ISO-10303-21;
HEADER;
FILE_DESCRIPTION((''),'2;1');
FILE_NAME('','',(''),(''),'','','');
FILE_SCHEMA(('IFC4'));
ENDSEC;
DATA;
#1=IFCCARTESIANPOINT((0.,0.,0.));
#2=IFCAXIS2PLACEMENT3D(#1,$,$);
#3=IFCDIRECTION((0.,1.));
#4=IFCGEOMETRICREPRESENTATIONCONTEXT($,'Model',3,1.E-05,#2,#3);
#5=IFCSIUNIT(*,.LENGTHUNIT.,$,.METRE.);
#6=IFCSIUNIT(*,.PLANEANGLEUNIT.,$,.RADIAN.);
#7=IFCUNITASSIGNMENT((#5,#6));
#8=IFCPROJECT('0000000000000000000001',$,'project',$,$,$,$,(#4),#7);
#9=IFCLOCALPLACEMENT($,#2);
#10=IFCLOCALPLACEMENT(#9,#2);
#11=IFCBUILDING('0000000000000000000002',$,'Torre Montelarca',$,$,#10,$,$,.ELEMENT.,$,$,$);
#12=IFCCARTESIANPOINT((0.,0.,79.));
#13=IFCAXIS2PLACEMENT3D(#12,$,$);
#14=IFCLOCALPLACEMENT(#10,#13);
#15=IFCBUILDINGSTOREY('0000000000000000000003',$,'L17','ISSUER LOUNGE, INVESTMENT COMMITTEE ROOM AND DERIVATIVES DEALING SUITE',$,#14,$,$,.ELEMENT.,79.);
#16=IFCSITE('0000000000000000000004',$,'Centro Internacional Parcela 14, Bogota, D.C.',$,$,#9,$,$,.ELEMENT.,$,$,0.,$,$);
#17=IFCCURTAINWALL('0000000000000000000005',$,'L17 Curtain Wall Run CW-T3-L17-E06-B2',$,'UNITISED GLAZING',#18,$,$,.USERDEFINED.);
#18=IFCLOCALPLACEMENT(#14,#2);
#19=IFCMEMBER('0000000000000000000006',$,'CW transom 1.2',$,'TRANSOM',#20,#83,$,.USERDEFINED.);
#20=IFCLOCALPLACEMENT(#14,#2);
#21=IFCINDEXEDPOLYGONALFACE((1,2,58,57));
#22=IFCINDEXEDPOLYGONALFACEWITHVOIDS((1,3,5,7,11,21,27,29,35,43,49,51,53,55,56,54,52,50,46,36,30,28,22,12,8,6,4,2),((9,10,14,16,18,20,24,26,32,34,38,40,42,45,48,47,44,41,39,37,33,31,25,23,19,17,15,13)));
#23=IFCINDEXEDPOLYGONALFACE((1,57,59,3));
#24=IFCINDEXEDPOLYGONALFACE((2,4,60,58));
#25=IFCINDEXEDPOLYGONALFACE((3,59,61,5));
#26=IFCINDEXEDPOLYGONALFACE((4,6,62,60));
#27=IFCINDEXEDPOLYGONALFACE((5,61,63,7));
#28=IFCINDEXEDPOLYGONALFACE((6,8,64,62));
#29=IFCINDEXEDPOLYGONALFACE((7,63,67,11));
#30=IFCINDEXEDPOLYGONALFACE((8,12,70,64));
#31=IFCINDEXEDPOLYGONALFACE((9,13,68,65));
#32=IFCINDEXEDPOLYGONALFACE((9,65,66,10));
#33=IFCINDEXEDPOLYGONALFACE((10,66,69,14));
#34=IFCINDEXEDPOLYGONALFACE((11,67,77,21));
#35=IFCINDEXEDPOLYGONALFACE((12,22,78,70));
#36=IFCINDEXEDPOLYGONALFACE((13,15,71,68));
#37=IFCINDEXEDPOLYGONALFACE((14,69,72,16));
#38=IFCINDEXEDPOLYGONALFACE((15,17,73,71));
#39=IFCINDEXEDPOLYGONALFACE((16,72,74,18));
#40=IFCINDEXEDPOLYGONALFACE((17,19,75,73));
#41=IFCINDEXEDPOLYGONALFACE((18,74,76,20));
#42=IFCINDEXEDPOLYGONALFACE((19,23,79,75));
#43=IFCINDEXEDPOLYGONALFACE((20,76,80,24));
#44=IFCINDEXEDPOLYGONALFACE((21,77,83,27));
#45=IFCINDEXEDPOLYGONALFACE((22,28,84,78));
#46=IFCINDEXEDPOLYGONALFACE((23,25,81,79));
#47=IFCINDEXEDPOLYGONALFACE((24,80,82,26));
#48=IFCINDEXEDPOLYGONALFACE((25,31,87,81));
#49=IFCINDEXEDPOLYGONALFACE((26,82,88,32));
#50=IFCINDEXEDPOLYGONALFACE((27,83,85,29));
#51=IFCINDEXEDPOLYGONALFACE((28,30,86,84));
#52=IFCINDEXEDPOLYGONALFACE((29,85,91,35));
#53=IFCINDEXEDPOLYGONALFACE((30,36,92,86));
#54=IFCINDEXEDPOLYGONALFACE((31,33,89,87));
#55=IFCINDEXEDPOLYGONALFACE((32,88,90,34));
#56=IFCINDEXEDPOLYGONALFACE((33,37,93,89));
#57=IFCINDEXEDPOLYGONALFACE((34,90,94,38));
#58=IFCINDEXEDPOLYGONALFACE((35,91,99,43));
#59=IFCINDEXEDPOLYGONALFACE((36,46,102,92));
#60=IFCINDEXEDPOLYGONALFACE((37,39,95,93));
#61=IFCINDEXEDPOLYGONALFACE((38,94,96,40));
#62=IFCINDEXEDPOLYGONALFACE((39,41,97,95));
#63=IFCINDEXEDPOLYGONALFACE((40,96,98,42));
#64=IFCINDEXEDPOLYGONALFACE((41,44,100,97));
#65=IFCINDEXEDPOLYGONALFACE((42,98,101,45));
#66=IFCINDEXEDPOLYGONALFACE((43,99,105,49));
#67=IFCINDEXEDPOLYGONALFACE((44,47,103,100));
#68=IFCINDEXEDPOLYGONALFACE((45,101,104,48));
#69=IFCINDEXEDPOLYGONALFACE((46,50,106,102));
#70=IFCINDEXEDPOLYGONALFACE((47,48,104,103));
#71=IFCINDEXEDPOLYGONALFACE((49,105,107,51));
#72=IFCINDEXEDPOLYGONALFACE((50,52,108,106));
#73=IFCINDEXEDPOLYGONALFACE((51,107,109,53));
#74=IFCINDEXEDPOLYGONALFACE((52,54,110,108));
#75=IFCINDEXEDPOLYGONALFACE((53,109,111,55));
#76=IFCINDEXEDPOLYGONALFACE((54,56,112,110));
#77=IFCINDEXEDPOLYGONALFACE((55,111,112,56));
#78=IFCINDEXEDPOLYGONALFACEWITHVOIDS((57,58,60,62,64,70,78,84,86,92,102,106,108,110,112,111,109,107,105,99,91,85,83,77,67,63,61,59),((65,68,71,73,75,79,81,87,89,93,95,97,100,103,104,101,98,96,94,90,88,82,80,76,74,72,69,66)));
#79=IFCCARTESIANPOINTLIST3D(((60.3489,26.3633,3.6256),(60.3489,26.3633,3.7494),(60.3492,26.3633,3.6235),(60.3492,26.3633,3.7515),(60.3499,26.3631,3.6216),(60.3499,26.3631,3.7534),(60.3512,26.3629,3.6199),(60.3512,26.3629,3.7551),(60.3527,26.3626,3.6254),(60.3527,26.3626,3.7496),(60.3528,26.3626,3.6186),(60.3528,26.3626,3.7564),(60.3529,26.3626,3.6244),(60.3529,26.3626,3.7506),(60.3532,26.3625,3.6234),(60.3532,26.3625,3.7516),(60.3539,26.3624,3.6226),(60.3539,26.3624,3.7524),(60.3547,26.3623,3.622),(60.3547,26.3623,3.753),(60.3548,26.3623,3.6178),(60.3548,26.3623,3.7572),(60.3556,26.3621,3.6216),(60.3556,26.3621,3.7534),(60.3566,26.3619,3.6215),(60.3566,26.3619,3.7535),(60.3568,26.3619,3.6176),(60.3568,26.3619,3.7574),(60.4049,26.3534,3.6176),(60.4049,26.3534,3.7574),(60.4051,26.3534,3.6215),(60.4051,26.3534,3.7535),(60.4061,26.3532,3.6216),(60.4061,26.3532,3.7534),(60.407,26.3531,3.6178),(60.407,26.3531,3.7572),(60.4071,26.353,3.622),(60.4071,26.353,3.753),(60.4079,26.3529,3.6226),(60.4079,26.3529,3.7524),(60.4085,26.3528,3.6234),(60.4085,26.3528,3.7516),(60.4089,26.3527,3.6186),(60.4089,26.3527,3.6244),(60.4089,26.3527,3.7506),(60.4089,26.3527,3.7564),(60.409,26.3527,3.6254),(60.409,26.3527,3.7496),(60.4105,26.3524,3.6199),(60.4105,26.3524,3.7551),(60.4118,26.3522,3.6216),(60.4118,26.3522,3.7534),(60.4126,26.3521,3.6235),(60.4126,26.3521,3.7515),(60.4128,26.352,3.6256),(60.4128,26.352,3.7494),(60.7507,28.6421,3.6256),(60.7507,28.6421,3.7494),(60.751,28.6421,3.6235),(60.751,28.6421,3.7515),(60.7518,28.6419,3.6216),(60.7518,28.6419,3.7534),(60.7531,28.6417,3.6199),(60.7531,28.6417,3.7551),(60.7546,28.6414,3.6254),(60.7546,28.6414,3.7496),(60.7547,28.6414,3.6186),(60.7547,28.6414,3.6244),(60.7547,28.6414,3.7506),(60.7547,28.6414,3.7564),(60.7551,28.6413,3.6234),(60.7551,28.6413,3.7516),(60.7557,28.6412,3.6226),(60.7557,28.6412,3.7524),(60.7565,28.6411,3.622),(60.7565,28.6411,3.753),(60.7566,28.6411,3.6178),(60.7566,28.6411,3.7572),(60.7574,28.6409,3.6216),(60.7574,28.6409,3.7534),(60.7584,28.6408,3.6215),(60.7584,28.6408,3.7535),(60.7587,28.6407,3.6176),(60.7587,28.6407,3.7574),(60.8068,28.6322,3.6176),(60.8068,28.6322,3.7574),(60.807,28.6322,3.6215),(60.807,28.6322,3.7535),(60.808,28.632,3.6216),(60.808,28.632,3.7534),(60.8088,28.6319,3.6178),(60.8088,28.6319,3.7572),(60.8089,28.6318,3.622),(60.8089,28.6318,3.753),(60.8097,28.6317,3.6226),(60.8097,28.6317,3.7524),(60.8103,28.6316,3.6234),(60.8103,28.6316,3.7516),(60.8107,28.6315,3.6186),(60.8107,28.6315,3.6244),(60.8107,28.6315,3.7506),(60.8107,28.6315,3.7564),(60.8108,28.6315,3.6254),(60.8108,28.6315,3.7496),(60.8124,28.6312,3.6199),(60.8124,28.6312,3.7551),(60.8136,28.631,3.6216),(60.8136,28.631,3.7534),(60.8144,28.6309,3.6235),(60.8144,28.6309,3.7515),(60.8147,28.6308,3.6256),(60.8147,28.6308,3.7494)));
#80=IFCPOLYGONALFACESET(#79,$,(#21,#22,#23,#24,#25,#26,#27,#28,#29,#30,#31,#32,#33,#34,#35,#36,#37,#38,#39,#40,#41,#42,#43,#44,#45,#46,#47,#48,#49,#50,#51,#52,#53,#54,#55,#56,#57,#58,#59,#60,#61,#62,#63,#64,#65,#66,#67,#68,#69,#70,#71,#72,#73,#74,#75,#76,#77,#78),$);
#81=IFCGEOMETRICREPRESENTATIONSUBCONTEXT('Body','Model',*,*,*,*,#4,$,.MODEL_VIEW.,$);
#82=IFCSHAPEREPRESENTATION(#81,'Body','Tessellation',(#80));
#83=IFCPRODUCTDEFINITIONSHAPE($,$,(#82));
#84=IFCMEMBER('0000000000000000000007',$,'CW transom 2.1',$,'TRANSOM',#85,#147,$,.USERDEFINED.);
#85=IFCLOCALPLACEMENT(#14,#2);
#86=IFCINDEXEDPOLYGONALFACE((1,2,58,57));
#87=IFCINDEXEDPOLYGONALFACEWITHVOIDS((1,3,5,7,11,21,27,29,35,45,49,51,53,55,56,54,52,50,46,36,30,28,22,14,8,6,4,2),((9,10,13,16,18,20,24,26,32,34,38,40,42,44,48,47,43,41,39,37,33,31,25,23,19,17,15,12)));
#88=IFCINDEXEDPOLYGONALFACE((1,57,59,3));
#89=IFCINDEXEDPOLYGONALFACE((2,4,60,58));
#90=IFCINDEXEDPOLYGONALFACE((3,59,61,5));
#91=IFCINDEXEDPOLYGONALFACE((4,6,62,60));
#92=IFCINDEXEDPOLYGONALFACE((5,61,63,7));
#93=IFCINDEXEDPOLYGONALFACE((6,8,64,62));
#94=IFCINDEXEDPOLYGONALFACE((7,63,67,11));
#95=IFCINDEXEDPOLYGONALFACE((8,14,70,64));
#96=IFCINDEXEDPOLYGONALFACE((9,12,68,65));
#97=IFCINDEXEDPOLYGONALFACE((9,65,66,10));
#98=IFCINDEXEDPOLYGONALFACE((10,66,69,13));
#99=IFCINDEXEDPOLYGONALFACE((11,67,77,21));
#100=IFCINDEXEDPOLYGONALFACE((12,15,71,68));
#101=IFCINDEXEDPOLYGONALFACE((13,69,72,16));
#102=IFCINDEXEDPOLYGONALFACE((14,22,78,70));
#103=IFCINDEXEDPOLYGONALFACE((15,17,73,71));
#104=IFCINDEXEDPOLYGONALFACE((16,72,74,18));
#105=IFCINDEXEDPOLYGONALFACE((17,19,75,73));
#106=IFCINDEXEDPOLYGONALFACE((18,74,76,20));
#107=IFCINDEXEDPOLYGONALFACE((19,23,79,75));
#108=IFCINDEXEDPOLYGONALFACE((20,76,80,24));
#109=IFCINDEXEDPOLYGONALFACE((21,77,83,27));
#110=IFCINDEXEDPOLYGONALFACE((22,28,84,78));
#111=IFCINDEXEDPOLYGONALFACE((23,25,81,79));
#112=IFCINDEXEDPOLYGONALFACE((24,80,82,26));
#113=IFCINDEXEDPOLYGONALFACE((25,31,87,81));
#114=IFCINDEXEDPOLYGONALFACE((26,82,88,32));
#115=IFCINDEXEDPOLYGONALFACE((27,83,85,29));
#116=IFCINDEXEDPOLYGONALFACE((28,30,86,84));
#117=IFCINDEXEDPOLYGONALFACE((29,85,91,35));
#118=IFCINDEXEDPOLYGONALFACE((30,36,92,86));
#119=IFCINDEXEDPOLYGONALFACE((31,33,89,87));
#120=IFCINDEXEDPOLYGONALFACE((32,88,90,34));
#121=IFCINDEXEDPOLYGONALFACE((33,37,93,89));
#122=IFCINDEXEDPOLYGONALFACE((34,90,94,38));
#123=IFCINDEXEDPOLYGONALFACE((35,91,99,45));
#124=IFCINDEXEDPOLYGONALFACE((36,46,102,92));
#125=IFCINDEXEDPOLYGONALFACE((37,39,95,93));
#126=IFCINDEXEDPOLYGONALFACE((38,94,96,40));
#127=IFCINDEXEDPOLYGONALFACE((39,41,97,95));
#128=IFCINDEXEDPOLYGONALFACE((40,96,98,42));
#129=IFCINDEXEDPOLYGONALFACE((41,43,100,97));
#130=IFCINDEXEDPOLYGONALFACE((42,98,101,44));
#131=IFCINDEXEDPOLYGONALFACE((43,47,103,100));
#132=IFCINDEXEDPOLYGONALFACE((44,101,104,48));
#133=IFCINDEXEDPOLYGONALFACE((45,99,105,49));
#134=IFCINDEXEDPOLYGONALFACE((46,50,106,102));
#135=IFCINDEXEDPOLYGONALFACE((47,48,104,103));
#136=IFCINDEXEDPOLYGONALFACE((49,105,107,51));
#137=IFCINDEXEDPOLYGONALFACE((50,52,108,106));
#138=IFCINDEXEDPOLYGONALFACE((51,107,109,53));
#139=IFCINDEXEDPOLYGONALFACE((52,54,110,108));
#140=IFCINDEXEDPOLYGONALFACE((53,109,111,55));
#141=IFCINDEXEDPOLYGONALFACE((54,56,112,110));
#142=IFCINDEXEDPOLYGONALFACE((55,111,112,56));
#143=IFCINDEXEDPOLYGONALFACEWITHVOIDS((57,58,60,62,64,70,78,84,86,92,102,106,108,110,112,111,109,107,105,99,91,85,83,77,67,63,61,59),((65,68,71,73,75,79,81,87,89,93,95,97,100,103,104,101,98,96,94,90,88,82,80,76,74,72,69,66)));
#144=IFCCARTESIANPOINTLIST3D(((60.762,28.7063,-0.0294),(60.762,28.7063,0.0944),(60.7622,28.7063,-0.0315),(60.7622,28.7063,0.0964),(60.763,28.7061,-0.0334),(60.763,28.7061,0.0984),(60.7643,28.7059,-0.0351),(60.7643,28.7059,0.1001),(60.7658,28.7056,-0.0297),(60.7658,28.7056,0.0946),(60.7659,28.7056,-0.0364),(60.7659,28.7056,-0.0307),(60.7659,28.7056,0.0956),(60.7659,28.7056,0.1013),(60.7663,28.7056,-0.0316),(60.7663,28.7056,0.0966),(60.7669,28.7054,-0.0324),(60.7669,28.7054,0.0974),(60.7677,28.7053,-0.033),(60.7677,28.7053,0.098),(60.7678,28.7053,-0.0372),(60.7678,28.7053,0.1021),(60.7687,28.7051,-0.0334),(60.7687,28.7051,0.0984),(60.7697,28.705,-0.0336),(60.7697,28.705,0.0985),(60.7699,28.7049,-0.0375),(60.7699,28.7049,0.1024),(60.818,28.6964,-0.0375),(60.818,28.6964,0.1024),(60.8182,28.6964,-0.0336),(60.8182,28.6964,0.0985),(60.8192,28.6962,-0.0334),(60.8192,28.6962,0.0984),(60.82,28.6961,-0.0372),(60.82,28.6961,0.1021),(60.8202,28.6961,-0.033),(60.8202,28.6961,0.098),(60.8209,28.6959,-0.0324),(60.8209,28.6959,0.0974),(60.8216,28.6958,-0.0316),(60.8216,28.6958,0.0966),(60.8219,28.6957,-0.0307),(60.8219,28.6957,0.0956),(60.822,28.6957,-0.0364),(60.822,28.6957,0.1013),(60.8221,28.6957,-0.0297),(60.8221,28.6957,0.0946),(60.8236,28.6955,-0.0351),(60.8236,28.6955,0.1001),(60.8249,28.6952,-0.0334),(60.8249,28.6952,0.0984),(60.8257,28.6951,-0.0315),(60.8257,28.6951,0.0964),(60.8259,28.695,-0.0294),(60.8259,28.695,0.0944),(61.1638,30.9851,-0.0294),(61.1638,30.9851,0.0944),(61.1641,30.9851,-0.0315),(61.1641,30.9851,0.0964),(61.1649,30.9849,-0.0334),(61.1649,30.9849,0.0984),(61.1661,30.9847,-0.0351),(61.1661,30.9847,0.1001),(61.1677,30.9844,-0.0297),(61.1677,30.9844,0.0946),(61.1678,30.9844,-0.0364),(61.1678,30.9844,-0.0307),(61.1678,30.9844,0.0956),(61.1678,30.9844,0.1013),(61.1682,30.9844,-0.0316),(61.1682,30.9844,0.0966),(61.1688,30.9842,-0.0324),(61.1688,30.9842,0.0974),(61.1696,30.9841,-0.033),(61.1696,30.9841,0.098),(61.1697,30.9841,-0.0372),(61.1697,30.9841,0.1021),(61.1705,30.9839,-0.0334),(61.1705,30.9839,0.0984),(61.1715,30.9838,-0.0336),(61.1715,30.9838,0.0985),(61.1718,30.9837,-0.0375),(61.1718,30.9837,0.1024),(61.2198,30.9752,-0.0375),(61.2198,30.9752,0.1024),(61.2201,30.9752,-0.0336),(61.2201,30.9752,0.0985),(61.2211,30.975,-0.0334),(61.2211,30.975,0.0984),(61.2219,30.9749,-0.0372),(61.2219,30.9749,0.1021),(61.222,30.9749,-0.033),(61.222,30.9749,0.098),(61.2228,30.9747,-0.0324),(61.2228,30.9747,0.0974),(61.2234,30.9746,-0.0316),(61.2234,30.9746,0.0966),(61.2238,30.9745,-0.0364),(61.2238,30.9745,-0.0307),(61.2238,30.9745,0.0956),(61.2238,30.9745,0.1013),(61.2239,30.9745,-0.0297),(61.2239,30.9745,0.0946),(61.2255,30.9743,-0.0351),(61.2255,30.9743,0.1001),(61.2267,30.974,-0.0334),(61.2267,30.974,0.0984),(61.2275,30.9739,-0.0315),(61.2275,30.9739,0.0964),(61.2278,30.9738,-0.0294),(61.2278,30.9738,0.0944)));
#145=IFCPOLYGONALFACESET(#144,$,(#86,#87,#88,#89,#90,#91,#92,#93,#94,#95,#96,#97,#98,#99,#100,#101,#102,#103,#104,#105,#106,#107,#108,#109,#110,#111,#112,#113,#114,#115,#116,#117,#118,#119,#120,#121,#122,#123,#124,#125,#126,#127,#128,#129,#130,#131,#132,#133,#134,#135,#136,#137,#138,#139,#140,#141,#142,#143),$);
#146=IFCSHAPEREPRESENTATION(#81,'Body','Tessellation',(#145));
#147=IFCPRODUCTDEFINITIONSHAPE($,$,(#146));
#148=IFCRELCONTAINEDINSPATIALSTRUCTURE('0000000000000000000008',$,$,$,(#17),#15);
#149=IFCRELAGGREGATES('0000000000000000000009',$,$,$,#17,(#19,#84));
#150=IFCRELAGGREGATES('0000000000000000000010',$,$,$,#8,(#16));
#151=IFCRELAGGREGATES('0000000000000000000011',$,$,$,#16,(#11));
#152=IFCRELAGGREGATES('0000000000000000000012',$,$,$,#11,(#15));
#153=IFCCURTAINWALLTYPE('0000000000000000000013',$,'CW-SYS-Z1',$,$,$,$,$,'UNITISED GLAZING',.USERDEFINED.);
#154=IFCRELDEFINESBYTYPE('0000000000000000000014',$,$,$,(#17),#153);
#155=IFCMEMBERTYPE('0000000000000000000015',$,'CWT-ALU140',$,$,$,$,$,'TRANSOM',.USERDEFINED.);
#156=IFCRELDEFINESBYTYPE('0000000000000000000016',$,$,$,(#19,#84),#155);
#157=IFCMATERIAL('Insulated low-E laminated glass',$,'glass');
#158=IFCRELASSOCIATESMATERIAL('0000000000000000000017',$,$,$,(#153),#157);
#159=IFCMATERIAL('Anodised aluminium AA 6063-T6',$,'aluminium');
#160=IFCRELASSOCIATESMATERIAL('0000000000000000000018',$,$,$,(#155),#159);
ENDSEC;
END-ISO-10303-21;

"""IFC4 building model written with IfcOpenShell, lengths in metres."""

from ifc_helpers import new_model, si_unit, direction, frame, origin, origin_2d, place, context, subcontext, project, spatial, hollow_rectangle, extrude, source, transform, mapped, material, material_profile, profile_set, type_object, element, aggregate, save


model = new_model("IFC4")

# Units and contexts
model_context = context("Model", 3, precision=1e-05, world=origin(), true_north=direction((0.0, 1.0)))
body_context = subcontext(model_context, "Body", "Model", "MODEL_VIEW")
ifc_project = project(units=[si_unit("LENGTHUNIT", "METRE"), si_unit("PLANEANGLEUNIT", "RADIAN")], contexts=[model_context])

# Site, building, storey
site_placement = place(None, origin())
site = spatial("IfcSite", under=ifc_project, at=site_placement, Name="Centro Internacional Parcela 14, Bogota, D.C.", CompositionType="ELEMENT", RefElevation=0.0)
building_placement = place(site_placement, origin())
building = spatial("IfcBuilding", under=site, at=building_placement, Name="Torre Montelarca", CompositionType="ELEMENT")
storey_placement = place(building_placement, frame((0.0, 0.0, 79.0)))
storey = spatial("IfcBuildingStorey", under=building, at=storey_placement, Name="L17", Description="ISSUER LOUNGE, INVESTMENT COMMITTEE ROOM AND DERIVATIVES DEALING SUITE", CompositionType="ELEMENT", Elevation=79.0)

# Curtain wall
ifc_material_1 = material(Name="Insulated low-E laminated glass", Category="glass")
curtain_wall_type = type_object("IfcCurtainWallType", Name="CW-SYS-Z1", ElementType="UNITISED GLAZING", PredefinedType="USERDEFINED", material=ifc_material_1)
ifc_material_2 = material(Name="Anodised aluminium AA 6063-T6", Category="aluminium")
ifc_material_profile_1 = material_profile(ifc_material_2, hollow_rectangle(XDim=0.0649, YDim=0.1399, WallThickness=0.0039, InnerFilletRadius=0.0039, OuterFilletRadius=0.0081, at=origin_2d()), Name="ALU65X140X4", Category="aluminium")
ifc_profile_set_1 = profile_set([ifc_material_profile_1], Name="Anodised aluminium AA 6063-T6")
member_type_1 = type_object("IfcMemberType", Name="CWT-ALU140", ElementType="TRANSOM", PredefinedType="USERDEFINED", material=ifc_profile_set_1)
curtain_wall_1_placement = place(storey_placement, origin())
curtain_wall_1 = element("IfcCurtainWall", 1, at=curtain_wall_1_placement, inside=storey, type_object=curtain_wall_type, Name="L17 Curtain Wall Run CW-T3-L17-E06-B2", ObjectType="UNITISED GLAZING", PredefinedType="USERDEFINED")

# Members
shared_shape_1 = source(origin(), body_context, "Body", "SweptSolid", [
    extrude(hollow_rectangle(XDim=0.0649, YDim=0.1399, WallThickness=0.0039, InnerFilletRadius=0.0039, OuterFilletRadius=0.0081, at=origin_2d()), origin(), (0.0, 0.0, 1.0), 2.314),
])
member_1_placement = place(storey_placement, frame((60.3809, 26.3577, 3.6875), z_axis=(0.173665, 0.984805, 0.0), x_axis=(-0.984805, 0.173665, 0.0)))
member_1 = element("IfcMember", 2, at=member_1_placement, type_object=member_type_1, Name="CW transom 1.2", ObjectType="TRANSOM", PredefinedType="USERDEFINED", context=body_context, shape_type="MappedRepresentation", body=[
    mapped(shared_shape_1, transform((0.0, 0.0, 0.0), scale=1.0)),
])
member_2_placement = place(storey_placement, frame((60.7939, 28.7007, 0.0325), z_axis=(0.173665, 0.984805, 0.0), x_axis=(-0.984805, 0.173665, 0.0)))
member_2 = element("IfcMember", 3, at=member_2_placement, type_object=member_type_1, Name="CW transom 2.1", ObjectType="TRANSOM", PredefinedType="USERDEFINED", context=body_context, shape_type="MappedRepresentation", body=[
    mapped(shared_shape_1, transform((0.0, 0.0, 0.0), scale=1.0)),
])

aggregate(curtain_wall_1, [member_1, member_2])

save(model, "model.ifc")
